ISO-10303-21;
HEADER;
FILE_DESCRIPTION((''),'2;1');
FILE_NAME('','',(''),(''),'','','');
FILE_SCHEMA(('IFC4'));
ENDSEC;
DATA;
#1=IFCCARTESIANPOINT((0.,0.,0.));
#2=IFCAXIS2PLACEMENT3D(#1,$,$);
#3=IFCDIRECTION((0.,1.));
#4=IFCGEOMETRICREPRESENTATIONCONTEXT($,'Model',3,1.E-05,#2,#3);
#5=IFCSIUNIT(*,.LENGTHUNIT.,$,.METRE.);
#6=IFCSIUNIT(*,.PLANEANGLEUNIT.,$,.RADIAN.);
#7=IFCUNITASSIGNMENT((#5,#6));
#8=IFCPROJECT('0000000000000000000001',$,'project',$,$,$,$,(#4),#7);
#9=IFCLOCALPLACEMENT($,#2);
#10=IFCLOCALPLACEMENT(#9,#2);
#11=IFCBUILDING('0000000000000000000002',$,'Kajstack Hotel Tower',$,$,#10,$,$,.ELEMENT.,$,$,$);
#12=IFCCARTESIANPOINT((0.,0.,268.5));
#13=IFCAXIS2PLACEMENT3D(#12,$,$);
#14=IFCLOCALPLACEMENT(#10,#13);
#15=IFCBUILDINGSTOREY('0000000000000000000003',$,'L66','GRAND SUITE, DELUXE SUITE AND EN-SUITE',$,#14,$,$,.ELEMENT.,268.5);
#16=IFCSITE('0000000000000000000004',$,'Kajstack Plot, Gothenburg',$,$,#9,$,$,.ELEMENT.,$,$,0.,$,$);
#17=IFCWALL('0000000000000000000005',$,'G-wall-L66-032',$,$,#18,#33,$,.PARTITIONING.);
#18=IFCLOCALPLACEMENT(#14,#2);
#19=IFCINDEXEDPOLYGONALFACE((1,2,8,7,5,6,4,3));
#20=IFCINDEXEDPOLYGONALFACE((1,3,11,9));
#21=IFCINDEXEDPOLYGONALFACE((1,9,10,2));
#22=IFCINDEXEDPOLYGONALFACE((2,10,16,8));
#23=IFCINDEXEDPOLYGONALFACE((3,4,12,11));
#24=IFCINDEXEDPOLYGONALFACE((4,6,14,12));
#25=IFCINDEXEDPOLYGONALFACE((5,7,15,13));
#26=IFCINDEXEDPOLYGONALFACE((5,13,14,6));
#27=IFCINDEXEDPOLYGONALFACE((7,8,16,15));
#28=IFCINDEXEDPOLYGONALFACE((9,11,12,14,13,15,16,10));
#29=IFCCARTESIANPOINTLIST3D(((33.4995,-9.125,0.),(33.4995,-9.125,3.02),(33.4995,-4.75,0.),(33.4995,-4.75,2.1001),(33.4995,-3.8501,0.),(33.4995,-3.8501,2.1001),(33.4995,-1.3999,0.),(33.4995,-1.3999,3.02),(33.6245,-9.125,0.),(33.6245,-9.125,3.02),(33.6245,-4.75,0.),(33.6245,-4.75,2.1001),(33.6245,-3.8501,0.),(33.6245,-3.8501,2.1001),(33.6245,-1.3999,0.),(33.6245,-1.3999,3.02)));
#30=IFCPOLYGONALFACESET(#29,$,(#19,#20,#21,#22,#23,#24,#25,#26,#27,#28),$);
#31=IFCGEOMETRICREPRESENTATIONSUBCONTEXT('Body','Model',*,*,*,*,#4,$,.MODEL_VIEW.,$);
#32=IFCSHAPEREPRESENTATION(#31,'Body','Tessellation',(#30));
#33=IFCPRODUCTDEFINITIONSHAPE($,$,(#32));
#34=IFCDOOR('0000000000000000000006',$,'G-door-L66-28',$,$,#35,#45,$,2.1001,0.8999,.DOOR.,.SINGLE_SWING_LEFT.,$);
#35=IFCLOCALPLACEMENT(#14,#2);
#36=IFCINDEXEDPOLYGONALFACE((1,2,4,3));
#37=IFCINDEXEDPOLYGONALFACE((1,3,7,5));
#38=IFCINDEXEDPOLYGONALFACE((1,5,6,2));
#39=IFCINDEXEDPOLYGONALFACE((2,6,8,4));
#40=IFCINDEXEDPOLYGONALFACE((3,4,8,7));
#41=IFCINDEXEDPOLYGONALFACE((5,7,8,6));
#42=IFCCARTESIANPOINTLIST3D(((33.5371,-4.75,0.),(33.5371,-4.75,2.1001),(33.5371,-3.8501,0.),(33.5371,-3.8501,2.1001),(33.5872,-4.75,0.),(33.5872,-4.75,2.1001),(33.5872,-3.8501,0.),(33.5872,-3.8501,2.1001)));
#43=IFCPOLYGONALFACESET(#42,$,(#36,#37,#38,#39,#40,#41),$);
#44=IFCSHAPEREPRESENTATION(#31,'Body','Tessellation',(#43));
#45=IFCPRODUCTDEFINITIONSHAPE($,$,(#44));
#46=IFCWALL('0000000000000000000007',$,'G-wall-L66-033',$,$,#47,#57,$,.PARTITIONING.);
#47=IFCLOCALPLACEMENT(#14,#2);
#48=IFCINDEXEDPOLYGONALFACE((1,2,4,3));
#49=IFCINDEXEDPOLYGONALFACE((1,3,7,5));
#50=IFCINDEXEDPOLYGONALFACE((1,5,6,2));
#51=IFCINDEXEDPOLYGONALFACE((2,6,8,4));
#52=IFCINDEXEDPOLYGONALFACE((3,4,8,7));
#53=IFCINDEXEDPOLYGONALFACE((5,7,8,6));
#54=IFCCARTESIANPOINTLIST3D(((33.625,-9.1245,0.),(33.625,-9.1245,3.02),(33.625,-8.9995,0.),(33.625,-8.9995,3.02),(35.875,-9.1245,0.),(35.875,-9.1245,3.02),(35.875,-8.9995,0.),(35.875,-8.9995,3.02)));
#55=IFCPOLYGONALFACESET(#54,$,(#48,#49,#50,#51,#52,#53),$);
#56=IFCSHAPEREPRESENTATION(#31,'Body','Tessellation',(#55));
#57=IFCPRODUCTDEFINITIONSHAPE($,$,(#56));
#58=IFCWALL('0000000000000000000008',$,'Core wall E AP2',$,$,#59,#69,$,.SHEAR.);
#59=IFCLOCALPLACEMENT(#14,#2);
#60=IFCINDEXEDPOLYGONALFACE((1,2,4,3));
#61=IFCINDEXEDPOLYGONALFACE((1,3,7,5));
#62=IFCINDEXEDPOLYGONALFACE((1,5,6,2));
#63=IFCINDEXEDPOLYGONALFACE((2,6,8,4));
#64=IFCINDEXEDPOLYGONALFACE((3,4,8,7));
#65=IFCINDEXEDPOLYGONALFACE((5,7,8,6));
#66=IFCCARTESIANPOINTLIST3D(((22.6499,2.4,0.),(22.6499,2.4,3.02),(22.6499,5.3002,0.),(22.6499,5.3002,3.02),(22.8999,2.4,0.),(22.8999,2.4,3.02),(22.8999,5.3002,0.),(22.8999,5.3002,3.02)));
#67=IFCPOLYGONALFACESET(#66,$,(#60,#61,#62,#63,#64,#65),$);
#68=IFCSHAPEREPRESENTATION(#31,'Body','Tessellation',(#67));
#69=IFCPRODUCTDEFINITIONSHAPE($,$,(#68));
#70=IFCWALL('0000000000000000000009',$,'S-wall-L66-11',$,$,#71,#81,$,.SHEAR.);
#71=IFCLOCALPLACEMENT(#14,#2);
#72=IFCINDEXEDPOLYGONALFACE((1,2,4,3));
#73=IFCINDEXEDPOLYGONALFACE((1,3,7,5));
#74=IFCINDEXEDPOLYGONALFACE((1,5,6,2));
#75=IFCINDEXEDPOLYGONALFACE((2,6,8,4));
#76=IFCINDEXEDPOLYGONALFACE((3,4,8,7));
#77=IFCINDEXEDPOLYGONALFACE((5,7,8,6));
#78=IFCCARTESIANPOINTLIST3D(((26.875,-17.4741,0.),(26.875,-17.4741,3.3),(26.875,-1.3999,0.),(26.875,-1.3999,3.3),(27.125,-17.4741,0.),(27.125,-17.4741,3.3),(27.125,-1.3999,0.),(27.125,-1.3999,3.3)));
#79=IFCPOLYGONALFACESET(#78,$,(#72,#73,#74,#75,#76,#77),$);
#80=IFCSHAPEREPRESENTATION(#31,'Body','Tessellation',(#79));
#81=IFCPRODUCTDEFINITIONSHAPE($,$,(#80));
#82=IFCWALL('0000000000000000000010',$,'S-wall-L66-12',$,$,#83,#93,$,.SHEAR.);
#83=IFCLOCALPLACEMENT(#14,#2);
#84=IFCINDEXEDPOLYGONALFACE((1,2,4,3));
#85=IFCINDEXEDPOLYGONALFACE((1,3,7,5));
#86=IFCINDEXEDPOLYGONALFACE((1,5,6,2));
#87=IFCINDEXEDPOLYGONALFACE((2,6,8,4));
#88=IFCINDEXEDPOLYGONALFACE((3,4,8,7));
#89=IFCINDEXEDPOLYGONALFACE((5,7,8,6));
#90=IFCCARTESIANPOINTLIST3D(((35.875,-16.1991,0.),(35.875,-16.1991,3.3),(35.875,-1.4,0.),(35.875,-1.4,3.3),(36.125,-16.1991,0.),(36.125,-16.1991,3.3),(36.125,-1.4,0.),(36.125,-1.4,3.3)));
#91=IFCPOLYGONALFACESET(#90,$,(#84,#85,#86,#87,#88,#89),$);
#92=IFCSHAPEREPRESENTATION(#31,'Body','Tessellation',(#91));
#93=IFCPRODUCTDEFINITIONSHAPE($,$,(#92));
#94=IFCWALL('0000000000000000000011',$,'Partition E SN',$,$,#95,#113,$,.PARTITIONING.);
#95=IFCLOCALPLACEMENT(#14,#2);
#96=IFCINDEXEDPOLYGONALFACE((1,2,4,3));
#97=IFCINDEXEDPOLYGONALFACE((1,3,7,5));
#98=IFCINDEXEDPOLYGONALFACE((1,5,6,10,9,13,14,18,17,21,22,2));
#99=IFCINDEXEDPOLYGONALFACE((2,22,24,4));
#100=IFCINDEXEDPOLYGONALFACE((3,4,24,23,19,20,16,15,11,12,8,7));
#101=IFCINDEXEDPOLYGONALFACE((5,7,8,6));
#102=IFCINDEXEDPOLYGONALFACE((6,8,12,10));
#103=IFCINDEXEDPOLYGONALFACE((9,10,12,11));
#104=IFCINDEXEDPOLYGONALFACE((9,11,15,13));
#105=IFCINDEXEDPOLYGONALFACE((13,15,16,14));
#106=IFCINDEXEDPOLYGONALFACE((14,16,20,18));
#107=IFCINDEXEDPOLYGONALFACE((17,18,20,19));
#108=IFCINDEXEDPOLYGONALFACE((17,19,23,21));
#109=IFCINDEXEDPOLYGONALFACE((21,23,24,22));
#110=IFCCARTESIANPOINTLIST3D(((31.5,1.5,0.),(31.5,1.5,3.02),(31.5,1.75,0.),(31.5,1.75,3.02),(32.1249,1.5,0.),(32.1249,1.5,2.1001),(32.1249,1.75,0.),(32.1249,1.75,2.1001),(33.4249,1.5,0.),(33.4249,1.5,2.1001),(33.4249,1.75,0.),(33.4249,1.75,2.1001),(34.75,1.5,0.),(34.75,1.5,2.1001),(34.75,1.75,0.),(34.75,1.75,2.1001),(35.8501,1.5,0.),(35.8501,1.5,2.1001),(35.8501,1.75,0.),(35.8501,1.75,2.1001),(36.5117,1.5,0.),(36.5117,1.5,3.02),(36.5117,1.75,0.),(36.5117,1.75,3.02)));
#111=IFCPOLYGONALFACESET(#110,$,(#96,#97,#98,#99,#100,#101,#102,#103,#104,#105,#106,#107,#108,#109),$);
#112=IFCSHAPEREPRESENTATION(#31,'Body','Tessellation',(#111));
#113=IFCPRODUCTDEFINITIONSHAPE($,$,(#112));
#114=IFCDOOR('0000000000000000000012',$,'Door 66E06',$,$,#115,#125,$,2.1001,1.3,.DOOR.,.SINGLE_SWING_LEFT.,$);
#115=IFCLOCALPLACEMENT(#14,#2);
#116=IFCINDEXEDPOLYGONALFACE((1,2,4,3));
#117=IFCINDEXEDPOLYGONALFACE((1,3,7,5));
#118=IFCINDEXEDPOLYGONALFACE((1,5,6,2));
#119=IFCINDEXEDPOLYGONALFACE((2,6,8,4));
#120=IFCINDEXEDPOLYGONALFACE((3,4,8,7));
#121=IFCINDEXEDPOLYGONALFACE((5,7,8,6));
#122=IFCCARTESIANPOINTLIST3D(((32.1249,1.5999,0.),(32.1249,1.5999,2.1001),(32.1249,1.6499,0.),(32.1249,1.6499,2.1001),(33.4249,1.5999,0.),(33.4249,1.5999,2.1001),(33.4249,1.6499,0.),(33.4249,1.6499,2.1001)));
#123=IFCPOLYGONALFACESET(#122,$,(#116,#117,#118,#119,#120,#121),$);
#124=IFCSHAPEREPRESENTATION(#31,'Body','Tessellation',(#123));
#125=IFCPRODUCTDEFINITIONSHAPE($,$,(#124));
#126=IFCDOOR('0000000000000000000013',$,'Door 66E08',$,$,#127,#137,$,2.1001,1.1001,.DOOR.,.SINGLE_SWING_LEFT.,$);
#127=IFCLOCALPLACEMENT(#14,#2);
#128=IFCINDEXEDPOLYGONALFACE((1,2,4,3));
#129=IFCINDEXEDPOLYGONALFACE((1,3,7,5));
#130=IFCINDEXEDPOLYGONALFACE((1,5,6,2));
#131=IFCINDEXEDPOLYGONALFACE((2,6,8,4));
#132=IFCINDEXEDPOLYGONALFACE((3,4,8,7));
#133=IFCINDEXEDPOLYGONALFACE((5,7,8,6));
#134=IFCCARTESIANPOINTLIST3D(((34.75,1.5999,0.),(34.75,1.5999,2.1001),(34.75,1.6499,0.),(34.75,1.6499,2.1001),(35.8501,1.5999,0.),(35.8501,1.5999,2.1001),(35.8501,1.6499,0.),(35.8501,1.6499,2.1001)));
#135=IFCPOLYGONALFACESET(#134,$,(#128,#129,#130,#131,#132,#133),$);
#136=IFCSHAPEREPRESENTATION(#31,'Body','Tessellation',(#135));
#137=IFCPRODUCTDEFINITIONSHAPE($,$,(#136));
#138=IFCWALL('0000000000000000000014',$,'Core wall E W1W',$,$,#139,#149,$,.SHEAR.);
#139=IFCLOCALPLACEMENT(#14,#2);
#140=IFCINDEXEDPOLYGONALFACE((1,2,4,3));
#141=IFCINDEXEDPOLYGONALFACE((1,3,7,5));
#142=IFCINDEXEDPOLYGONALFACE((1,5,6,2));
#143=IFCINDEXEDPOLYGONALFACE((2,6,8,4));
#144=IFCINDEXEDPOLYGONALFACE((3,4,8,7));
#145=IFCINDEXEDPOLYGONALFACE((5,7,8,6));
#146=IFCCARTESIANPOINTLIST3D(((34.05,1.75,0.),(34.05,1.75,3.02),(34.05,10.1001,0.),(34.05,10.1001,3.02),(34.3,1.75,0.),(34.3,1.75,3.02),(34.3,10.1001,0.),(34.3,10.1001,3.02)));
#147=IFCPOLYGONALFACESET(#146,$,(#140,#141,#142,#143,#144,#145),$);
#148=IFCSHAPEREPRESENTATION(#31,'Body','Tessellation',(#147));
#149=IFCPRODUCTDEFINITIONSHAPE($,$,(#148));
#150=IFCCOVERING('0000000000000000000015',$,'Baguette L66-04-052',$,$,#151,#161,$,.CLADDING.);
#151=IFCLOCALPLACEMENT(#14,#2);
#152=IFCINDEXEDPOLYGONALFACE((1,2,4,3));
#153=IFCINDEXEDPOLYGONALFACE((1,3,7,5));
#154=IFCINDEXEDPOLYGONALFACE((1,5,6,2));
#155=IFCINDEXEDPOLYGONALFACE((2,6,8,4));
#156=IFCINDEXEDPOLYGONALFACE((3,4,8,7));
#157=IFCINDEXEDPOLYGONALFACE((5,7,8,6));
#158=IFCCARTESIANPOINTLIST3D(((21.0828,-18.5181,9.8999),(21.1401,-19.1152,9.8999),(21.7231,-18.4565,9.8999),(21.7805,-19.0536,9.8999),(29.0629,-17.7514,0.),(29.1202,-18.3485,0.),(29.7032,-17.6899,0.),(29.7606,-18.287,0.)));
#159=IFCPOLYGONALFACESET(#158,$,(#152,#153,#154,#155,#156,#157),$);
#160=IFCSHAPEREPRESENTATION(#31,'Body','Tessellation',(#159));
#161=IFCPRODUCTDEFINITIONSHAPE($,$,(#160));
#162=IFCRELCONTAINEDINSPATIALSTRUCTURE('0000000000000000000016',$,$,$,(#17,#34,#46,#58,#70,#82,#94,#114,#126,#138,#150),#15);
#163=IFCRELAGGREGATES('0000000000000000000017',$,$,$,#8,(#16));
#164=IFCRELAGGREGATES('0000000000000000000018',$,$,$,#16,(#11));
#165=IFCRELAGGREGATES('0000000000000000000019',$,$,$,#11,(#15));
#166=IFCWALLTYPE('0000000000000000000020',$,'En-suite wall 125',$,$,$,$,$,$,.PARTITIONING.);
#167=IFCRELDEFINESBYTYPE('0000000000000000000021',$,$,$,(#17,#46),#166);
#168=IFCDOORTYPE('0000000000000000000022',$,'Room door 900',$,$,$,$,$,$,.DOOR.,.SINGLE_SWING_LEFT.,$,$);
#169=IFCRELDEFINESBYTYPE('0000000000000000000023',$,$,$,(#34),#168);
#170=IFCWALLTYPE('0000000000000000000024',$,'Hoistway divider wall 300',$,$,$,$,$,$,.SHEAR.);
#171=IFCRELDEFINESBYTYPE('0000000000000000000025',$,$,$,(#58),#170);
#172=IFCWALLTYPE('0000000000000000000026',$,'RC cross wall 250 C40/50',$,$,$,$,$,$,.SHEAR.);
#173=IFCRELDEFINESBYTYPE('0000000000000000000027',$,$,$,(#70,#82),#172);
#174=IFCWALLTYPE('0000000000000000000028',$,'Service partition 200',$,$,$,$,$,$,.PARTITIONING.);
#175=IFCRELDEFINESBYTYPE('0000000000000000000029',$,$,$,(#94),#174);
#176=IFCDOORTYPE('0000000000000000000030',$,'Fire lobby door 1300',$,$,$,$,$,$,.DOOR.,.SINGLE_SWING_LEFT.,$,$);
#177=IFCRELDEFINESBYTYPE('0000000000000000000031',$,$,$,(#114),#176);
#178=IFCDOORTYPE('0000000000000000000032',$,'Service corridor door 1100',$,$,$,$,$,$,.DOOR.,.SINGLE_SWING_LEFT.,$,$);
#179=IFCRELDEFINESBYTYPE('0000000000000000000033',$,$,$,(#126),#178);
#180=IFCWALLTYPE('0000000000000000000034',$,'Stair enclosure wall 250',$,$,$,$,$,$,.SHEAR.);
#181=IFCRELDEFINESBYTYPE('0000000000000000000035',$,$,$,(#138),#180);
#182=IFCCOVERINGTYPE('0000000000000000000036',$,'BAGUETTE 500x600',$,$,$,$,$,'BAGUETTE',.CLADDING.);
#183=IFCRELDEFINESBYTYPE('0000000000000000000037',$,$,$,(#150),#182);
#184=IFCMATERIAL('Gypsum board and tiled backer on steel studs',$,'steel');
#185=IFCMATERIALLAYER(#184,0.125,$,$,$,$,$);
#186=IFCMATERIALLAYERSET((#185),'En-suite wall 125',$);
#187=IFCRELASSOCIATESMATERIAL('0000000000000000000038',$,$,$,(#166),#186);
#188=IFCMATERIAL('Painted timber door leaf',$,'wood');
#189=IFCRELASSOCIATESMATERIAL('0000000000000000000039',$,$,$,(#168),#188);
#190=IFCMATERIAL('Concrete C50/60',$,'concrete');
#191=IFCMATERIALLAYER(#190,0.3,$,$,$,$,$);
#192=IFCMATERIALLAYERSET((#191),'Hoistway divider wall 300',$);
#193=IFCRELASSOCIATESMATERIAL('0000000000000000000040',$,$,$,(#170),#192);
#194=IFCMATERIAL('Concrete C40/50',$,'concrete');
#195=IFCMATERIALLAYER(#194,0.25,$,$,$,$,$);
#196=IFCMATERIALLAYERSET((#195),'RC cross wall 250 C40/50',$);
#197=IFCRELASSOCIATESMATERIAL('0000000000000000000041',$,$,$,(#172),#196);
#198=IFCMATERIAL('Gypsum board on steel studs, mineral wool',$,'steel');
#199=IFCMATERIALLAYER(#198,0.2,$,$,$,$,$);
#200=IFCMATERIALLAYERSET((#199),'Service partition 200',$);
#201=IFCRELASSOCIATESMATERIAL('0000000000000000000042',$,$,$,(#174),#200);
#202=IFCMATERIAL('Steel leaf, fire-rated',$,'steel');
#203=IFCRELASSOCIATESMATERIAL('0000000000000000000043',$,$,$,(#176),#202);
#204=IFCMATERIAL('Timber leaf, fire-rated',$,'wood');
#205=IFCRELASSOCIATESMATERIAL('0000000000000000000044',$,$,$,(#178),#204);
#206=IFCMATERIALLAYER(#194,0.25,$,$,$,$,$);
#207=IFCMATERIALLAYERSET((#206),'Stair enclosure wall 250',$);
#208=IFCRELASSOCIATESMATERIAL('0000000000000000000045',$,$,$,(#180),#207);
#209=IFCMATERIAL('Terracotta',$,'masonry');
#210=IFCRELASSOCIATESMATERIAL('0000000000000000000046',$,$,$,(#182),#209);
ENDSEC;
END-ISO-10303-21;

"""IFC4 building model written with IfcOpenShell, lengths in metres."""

from ifc_helpers import new_model, si_unit, direction, frame, frame_2d, origin, origin_2d, place, context, subcontext, project, spatial, polyline, rectangle, outline, extrude, material, layer, layer_set, material_profile, profile_set, type_object, element, fill, save


model = new_model("IFC4")

# Units and contexts
model_context = context("Model", 3, precision=1e-05, world=origin(), true_north=direction((0.0, 1.0)))
body_context = subcontext(model_context, "Body", "Model", "MODEL_VIEW")
ifc_project = project(units=[si_unit("LENGTHUNIT", "METRE"), si_unit("PLANEANGLEUNIT", "RADIAN")], contexts=[model_context])

# Site, building, storey
site_placement = place(None, origin())
site = spatial("IfcSite", under=ifc_project, at=site_placement, Name="Kajstack Plot, Gothenburg", CompositionType="ELEMENT", RefElevation=0.0)
building_placement = place(site_placement, origin())
building = spatial("IfcBuilding", under=site, at=building_placement, Name="Kajstack Hotel Tower", CompositionType="ELEMENT")
storey_placement = place(building_placement, frame((0.0, 0.0, 268.5)))
storey = spatial("IfcBuildingStorey", under=building, at=storey_placement, Name="L66", Description="GRAND SUITE, DELUXE SUITE AND EN-SUITE", CompositionType="ELEMENT", Elevation=268.5)

# Shared definitions
ifc_material_1 = material(Name="Gypsum board and tiled backer on steel studs", Category="steel")
ifc_layer_1 = layer(ifc_material_1, 0.125)
ifc_layer_set_1 = layer_set([ifc_layer_1], Name="En-suite wall 125")
wall_type_1 = type_object("IfcWallType", Name="En-suite wall 125", PredefinedType="PARTITIONING", material=ifc_layer_set_1)
ifc_material_2 = material(Name="Painted timber door leaf", Category="wood")
door_type_1 = type_object("IfcDoorType", Name="Room door 900", OperationType="SINGLE_SWING_LEFT", PredefinedType="DOOR", material=ifc_material_2)

# Wall, opening, door
wall_1_placement = place(storey_placement, frame((33.562, -9.125, 0.0), z_axis=(0.0, 0.0, 1.0), x_axis=(0.0, 1.0, 0.0)))
wall_1 = element("IfcWall", 1, at=wall_1_placement, inside=storey, type_object=wall_type_1, Name="G-wall-L66-032", PredefinedType="PARTITIONING", context=body_context, shape_type="SweptSolid", body=[
    extrude(rectangle(XDim=7.7251, YDim=0.125, at=frame_2d((3.8625, 0.0))), origin(), (0.0, 0.0, 1.0), 3.02),
])
opening_1_placement = place(wall_1_placement, frame((4.375, 0.0, 0.0)))
opening_1 = element("IfcOpeningElement", 2, at=opening_1_placement, cuts=wall_1, PredefinedType="OPENING", context=body_context, shape_type="SweptSolid", body=[
    extrude(rectangle(XDim=0.8999, YDim=2.1001, at=frame_2d((0.45, 1.05))), frame((0.0, 0.0725, 0.0), z_axis=(0.0, -1.0, 0.0), x_axis=(1.0, 0.0, 0.0)), (0.0, 0.0, 1.0), 0.145),
])
door_1_placement = place(opening_1_placement, origin())
door_1 = element("IfcDoor", 3, at=door_1_placement, inside=storey, type_object=door_type_1, Name="G-door-L66-28", OperationType="SINGLE_SWING_LEFT", OverallHeight=2.1001, OverallWidth=0.8999, PredefinedType="DOOR", context=body_context, shape_type="SweptSolid", body=[
    extrude(rectangle(XDim=0.8999, YDim=2.1001, at=frame_2d((0.45, 1.05))), frame((0.0, 0.0249, 0.0), z_axis=(0.0, -1.0, 0.0), x_axis=(1.0, 0.0, 0.0)), (0.0, 0.0, 1.0), 0.05),
])
fill(opening_1, door_1)

# Walls
wall_2_placement = place(storey_placement, frame((33.625, -9.062, 0.0), z_axis=(0.0, 0.0, 1.0), x_axis=(1.0, 0.0, 0.0)))
element("IfcWall", 4, at=wall_2_placement, inside=storey, type_object=wall_type_1, Name="G-wall-L66-033", PredefinedType="PARTITIONING", context=body_context, shape_type="SweptSolid", body=[
    extrude(rectangle(XDim=2.25, YDim=0.125, at=frame_2d((1.125, 0.0))), origin(), (0.0, 0.0, 1.0), 3.02),
])
ifc_material_3 = material(Name="Concrete C50/60", Category="concrete")
ifc_layer_2 = layer(ifc_material_3, 0.3)
ifc_layer_set_2 = layer_set([ifc_layer_2], Name="Hoistway divider wall 300")
wall_type_2 = type_object("IfcWallType", Name="Hoistway divider wall 300", PredefinedType="SHEAR", material=ifc_layer_set_2)
wall_3_placement = place(storey_placement, frame((22.7749, 2.3999, 0.0), z_axis=(0.0, 0.0, 1.0), x_axis=(0.0, 1.0, 0.0)))
element("IfcWall", 5, at=wall_3_placement, inside=storey, type_object=wall_type_2, Name="Core wall E AP2", PredefinedType="SHEAR", context=body_context, shape_type="SweptSolid", body=[
    extrude(rectangle(XDim=2.9001, YDim=0.25, at=frame_2d((1.4502, 0.0))), origin(), (0.0, 0.0, 1.0), 3.02),
])
ifc_material_4 = material(Name="Concrete C40/50", Category="concrete")
ifc_layer_3 = layer(ifc_material_4, 0.25)
ifc_layer_set_3 = layer_set([ifc_layer_3], Name="RC cross wall 250 C40/50")
wall_type_3 = type_object("IfcWallType", Name="RC cross wall 250 C40/50", PredefinedType="SHEAR", material=ifc_layer_set_3)
wall_4_placement = place(storey_placement, frame((27.0, -17.4741, 0.0), z_axis=(0.0, 0.0, 1.0), x_axis=(0.0, 1.0, 0.0)))
element("IfcWall", 6, at=wall_4_placement, inside=storey, type_object=wall_type_3, Name="S-wall-L66-11", PredefinedType="SHEAR", context=body_context, shape_type="SweptSolid", body=[
    extrude(rectangle(XDim=16.0742, YDim=0.25, at=frame_2d((8.0371, 0.0))), origin(), (0.0, 0.0, 1.0), 3.3),
])
wall_5_placement = place(storey_placement, frame((36.0, -16.199, 0.0), z_axis=(0.0, 0.0, 1.0), x_axis=(0.0, 1.0, 0.0)))
element("IfcWall", 7, at=wall_5_placement, inside=storey, type_object=wall_type_3, Name="S-wall-L66-12", PredefinedType="SHEAR", context=body_context, shape_type="SweptSolid", body=[
    extrude(rectangle(XDim=14.7991, YDim=0.25, at=frame_2d((7.3994, 0.0))), origin(), (0.0, 0.0, 1.0), 3.3),
])

# Wall, openings, doors
ifc_material_5 = material(Name="Gypsum board on steel studs, mineral wool", Category="steel")
ifc_layer_4 = layer(ifc_material_5, 0.2)
ifc_layer_set_4 = layer_set([ifc_layer_4], Name="Service partition 200")
wall_type_4 = type_object("IfcWallType", Name="Service partition 200", PredefinedType="PARTITIONING", material=ifc_layer_set_4)
wall_6_placement = place(storey_placement, frame((31.5, 1.625, 0.0), z_axis=(0.0, 0.0, 1.0), x_axis=(1.0, 0.0, 0.0)))
wall_6 = element("IfcWall", 8, at=wall_6_placement, inside=storey, type_object=wall_type_4, Name="Partition E SN", PredefinedType="PARTITIONING", context=body_context, shape_type="SweptSolid", body=[
    extrude(rectangle(XDim=5.0117, YDim=0.25, at=frame_2d((2.5059, 0.0))), origin(), (0.0, 0.0, 1.0), 3.02),
])
opening_2_placement = place(wall_6_placement, frame((0.625, 0.0, 0.0)))
opening_2 = element("IfcOpeningElement", 9, at=opening_2_placement, cuts=wall_6, PredefinedType="OPENING", context=body_context, shape_type="SweptSolid", body=[
    extrude(rectangle(XDim=1.3, YDim=2.1001, at=frame_2d((0.6499, 1.05))), frame((0.0, 0.135, 0.0), z_axis=(0.0, -1.0, 0.0), x_axis=(1.0, 0.0, 0.0)), (0.0, 0.0, 1.0), 0.27),
])
opening_3_placement = place(wall_6_placement, frame((3.25, 0.0, 0.0)))
opening_3 = element("IfcOpeningElement", 10, at=opening_3_placement, cuts=wall_6, PredefinedType="OPENING", context=body_context, shape_type="SweptSolid", body=[
    extrude(rectangle(XDim=1.1001, YDim=2.1001, at=frame_2d((0.55, 1.05))), frame((0.0, 0.135, 0.0), z_axis=(0.0, -1.0, 0.0), x_axis=(1.0, 0.0, 0.0)), (0.0, 0.0, 1.0), 0.27),
])
ifc_material_6 = material(Name="Steel leaf, fire-rated", Category="steel")
door_type_2 = type_object("IfcDoorType", Name="Fire lobby door 1300", OperationType="SINGLE_SWING_LEFT", PredefinedType="DOOR", material=ifc_material_6)
door_2_placement = place(opening_2_placement, origin())
door_2 = element("IfcDoor", 11, at=door_2_placement, inside=storey, type_object=door_type_2, Name="Door 66E06", OperationType="SINGLE_SWING_LEFT", OverallHeight=2.1001, OverallWidth=1.3, PredefinedType="DOOR", context=body_context, shape_type="SweptSolid", body=[
    extrude(rectangle(XDim=1.3, YDim=2.1001, at=frame_2d((0.6499, 1.05))), frame((0.0, 0.0249, 0.0), z_axis=(0.0, -1.0, 0.0), x_axis=(1.0, 0.0, 0.0)), (0.0, 0.0, 1.0), 0.05),
])
fill(opening_2, door_2)
ifc_material_7 = material(Name="Timber leaf, fire-rated", Category="wood")
door_type_3 = type_object("IfcDoorType", Name="Service corridor door 1100", OperationType="SINGLE_SWING_LEFT", PredefinedType="DOOR", material=ifc_material_7)
door_3_placement = place(opening_3_placement, origin())
door_3 = element("IfcDoor", 12, at=door_3_placement, inside=storey, type_object=door_type_3, Name="Door 66E08", OperationType="SINGLE_SWING_LEFT", OverallHeight=2.1001, OverallWidth=1.1001, PredefinedType="DOOR", context=body_context, shape_type="SweptSolid", body=[
    extrude(rectangle(XDim=1.1001, YDim=2.1001, at=frame_2d((0.55, 1.05))), frame((0.0, 0.0249, 0.0), z_axis=(0.0, -1.0, 0.0), x_axis=(1.0, 0.0, 0.0)), (0.0, 0.0, 1.0), 0.05),
])
fill(opening_3, door_3)

# Wall
ifc_layer_5 = layer(ifc_material_4, 0.25)
ifc_layer_set_5 = layer_set([ifc_layer_5], Name="Stair enclosure wall 250")
wall_type_5 = type_object("IfcWallType", Name="Stair enclosure wall 250", PredefinedType="SHEAR", material=ifc_layer_set_5)
wall_7_placement = place(storey_placement, frame((34.175, 1.75, 0.0), z_axis=(0.0, 0.0, 1.0), x_axis=(0.0, 1.0, 0.0)))
element("IfcWall", 13, at=wall_7_placement, inside=storey, type_object=wall_type_5, Name="Core wall E W1W", PredefinedType="SHEAR", context=body_context, shape_type="SweptSolid", body=[
    extrude(rectangle(XDim=8.3501, YDim=0.25, at=frame_2d((4.175, 0.0))), origin(), (0.0, 0.0, 1.0), 3.02),
])

# Covering
ifc_material_8 = material(Name="Terracotta", Category="masonry")
ifc_material_profile = material_profile(ifc_material_8, rectangle(XDim=0.6001, YDim=0.5, at=origin_2d()), Name="Terracotta-clad concrete baguette 500 x 600")
ifc_profile_set = profile_set([ifc_material_profile], Name="Terracotta")
covering_type = type_object("IfcCoveringType", Name="BAGUETTE 500x600", ElementType="BAGUETTE", PredefinedType="CLADDING", material=ifc_profile_set)
covering_1_placement = place(storey_placement, frame((21.0828, -18.5181, 0.0), z_axis=(0.095635, -0.995416, 0.0), x_axis=(0.995416, 0.095635, 0.0)))
element("IfcCovering", 14, at=covering_1_placement, inside=storey, type_object=covering_type, Name="Baguette L66-04-052", PredefinedType="CLADDING", context=body_context, shape_type="SweptSolid", body=[
    extrude(outline(polyline([(0.0, 9.8999), (8.0168, 0.0), (8.6602, 0.0), (0.6433, 9.8999), (0.0, 9.8999)])), origin(), (0.0, 0.0, 1.0), 0.5999),
])

save(model, "model.ifc")
